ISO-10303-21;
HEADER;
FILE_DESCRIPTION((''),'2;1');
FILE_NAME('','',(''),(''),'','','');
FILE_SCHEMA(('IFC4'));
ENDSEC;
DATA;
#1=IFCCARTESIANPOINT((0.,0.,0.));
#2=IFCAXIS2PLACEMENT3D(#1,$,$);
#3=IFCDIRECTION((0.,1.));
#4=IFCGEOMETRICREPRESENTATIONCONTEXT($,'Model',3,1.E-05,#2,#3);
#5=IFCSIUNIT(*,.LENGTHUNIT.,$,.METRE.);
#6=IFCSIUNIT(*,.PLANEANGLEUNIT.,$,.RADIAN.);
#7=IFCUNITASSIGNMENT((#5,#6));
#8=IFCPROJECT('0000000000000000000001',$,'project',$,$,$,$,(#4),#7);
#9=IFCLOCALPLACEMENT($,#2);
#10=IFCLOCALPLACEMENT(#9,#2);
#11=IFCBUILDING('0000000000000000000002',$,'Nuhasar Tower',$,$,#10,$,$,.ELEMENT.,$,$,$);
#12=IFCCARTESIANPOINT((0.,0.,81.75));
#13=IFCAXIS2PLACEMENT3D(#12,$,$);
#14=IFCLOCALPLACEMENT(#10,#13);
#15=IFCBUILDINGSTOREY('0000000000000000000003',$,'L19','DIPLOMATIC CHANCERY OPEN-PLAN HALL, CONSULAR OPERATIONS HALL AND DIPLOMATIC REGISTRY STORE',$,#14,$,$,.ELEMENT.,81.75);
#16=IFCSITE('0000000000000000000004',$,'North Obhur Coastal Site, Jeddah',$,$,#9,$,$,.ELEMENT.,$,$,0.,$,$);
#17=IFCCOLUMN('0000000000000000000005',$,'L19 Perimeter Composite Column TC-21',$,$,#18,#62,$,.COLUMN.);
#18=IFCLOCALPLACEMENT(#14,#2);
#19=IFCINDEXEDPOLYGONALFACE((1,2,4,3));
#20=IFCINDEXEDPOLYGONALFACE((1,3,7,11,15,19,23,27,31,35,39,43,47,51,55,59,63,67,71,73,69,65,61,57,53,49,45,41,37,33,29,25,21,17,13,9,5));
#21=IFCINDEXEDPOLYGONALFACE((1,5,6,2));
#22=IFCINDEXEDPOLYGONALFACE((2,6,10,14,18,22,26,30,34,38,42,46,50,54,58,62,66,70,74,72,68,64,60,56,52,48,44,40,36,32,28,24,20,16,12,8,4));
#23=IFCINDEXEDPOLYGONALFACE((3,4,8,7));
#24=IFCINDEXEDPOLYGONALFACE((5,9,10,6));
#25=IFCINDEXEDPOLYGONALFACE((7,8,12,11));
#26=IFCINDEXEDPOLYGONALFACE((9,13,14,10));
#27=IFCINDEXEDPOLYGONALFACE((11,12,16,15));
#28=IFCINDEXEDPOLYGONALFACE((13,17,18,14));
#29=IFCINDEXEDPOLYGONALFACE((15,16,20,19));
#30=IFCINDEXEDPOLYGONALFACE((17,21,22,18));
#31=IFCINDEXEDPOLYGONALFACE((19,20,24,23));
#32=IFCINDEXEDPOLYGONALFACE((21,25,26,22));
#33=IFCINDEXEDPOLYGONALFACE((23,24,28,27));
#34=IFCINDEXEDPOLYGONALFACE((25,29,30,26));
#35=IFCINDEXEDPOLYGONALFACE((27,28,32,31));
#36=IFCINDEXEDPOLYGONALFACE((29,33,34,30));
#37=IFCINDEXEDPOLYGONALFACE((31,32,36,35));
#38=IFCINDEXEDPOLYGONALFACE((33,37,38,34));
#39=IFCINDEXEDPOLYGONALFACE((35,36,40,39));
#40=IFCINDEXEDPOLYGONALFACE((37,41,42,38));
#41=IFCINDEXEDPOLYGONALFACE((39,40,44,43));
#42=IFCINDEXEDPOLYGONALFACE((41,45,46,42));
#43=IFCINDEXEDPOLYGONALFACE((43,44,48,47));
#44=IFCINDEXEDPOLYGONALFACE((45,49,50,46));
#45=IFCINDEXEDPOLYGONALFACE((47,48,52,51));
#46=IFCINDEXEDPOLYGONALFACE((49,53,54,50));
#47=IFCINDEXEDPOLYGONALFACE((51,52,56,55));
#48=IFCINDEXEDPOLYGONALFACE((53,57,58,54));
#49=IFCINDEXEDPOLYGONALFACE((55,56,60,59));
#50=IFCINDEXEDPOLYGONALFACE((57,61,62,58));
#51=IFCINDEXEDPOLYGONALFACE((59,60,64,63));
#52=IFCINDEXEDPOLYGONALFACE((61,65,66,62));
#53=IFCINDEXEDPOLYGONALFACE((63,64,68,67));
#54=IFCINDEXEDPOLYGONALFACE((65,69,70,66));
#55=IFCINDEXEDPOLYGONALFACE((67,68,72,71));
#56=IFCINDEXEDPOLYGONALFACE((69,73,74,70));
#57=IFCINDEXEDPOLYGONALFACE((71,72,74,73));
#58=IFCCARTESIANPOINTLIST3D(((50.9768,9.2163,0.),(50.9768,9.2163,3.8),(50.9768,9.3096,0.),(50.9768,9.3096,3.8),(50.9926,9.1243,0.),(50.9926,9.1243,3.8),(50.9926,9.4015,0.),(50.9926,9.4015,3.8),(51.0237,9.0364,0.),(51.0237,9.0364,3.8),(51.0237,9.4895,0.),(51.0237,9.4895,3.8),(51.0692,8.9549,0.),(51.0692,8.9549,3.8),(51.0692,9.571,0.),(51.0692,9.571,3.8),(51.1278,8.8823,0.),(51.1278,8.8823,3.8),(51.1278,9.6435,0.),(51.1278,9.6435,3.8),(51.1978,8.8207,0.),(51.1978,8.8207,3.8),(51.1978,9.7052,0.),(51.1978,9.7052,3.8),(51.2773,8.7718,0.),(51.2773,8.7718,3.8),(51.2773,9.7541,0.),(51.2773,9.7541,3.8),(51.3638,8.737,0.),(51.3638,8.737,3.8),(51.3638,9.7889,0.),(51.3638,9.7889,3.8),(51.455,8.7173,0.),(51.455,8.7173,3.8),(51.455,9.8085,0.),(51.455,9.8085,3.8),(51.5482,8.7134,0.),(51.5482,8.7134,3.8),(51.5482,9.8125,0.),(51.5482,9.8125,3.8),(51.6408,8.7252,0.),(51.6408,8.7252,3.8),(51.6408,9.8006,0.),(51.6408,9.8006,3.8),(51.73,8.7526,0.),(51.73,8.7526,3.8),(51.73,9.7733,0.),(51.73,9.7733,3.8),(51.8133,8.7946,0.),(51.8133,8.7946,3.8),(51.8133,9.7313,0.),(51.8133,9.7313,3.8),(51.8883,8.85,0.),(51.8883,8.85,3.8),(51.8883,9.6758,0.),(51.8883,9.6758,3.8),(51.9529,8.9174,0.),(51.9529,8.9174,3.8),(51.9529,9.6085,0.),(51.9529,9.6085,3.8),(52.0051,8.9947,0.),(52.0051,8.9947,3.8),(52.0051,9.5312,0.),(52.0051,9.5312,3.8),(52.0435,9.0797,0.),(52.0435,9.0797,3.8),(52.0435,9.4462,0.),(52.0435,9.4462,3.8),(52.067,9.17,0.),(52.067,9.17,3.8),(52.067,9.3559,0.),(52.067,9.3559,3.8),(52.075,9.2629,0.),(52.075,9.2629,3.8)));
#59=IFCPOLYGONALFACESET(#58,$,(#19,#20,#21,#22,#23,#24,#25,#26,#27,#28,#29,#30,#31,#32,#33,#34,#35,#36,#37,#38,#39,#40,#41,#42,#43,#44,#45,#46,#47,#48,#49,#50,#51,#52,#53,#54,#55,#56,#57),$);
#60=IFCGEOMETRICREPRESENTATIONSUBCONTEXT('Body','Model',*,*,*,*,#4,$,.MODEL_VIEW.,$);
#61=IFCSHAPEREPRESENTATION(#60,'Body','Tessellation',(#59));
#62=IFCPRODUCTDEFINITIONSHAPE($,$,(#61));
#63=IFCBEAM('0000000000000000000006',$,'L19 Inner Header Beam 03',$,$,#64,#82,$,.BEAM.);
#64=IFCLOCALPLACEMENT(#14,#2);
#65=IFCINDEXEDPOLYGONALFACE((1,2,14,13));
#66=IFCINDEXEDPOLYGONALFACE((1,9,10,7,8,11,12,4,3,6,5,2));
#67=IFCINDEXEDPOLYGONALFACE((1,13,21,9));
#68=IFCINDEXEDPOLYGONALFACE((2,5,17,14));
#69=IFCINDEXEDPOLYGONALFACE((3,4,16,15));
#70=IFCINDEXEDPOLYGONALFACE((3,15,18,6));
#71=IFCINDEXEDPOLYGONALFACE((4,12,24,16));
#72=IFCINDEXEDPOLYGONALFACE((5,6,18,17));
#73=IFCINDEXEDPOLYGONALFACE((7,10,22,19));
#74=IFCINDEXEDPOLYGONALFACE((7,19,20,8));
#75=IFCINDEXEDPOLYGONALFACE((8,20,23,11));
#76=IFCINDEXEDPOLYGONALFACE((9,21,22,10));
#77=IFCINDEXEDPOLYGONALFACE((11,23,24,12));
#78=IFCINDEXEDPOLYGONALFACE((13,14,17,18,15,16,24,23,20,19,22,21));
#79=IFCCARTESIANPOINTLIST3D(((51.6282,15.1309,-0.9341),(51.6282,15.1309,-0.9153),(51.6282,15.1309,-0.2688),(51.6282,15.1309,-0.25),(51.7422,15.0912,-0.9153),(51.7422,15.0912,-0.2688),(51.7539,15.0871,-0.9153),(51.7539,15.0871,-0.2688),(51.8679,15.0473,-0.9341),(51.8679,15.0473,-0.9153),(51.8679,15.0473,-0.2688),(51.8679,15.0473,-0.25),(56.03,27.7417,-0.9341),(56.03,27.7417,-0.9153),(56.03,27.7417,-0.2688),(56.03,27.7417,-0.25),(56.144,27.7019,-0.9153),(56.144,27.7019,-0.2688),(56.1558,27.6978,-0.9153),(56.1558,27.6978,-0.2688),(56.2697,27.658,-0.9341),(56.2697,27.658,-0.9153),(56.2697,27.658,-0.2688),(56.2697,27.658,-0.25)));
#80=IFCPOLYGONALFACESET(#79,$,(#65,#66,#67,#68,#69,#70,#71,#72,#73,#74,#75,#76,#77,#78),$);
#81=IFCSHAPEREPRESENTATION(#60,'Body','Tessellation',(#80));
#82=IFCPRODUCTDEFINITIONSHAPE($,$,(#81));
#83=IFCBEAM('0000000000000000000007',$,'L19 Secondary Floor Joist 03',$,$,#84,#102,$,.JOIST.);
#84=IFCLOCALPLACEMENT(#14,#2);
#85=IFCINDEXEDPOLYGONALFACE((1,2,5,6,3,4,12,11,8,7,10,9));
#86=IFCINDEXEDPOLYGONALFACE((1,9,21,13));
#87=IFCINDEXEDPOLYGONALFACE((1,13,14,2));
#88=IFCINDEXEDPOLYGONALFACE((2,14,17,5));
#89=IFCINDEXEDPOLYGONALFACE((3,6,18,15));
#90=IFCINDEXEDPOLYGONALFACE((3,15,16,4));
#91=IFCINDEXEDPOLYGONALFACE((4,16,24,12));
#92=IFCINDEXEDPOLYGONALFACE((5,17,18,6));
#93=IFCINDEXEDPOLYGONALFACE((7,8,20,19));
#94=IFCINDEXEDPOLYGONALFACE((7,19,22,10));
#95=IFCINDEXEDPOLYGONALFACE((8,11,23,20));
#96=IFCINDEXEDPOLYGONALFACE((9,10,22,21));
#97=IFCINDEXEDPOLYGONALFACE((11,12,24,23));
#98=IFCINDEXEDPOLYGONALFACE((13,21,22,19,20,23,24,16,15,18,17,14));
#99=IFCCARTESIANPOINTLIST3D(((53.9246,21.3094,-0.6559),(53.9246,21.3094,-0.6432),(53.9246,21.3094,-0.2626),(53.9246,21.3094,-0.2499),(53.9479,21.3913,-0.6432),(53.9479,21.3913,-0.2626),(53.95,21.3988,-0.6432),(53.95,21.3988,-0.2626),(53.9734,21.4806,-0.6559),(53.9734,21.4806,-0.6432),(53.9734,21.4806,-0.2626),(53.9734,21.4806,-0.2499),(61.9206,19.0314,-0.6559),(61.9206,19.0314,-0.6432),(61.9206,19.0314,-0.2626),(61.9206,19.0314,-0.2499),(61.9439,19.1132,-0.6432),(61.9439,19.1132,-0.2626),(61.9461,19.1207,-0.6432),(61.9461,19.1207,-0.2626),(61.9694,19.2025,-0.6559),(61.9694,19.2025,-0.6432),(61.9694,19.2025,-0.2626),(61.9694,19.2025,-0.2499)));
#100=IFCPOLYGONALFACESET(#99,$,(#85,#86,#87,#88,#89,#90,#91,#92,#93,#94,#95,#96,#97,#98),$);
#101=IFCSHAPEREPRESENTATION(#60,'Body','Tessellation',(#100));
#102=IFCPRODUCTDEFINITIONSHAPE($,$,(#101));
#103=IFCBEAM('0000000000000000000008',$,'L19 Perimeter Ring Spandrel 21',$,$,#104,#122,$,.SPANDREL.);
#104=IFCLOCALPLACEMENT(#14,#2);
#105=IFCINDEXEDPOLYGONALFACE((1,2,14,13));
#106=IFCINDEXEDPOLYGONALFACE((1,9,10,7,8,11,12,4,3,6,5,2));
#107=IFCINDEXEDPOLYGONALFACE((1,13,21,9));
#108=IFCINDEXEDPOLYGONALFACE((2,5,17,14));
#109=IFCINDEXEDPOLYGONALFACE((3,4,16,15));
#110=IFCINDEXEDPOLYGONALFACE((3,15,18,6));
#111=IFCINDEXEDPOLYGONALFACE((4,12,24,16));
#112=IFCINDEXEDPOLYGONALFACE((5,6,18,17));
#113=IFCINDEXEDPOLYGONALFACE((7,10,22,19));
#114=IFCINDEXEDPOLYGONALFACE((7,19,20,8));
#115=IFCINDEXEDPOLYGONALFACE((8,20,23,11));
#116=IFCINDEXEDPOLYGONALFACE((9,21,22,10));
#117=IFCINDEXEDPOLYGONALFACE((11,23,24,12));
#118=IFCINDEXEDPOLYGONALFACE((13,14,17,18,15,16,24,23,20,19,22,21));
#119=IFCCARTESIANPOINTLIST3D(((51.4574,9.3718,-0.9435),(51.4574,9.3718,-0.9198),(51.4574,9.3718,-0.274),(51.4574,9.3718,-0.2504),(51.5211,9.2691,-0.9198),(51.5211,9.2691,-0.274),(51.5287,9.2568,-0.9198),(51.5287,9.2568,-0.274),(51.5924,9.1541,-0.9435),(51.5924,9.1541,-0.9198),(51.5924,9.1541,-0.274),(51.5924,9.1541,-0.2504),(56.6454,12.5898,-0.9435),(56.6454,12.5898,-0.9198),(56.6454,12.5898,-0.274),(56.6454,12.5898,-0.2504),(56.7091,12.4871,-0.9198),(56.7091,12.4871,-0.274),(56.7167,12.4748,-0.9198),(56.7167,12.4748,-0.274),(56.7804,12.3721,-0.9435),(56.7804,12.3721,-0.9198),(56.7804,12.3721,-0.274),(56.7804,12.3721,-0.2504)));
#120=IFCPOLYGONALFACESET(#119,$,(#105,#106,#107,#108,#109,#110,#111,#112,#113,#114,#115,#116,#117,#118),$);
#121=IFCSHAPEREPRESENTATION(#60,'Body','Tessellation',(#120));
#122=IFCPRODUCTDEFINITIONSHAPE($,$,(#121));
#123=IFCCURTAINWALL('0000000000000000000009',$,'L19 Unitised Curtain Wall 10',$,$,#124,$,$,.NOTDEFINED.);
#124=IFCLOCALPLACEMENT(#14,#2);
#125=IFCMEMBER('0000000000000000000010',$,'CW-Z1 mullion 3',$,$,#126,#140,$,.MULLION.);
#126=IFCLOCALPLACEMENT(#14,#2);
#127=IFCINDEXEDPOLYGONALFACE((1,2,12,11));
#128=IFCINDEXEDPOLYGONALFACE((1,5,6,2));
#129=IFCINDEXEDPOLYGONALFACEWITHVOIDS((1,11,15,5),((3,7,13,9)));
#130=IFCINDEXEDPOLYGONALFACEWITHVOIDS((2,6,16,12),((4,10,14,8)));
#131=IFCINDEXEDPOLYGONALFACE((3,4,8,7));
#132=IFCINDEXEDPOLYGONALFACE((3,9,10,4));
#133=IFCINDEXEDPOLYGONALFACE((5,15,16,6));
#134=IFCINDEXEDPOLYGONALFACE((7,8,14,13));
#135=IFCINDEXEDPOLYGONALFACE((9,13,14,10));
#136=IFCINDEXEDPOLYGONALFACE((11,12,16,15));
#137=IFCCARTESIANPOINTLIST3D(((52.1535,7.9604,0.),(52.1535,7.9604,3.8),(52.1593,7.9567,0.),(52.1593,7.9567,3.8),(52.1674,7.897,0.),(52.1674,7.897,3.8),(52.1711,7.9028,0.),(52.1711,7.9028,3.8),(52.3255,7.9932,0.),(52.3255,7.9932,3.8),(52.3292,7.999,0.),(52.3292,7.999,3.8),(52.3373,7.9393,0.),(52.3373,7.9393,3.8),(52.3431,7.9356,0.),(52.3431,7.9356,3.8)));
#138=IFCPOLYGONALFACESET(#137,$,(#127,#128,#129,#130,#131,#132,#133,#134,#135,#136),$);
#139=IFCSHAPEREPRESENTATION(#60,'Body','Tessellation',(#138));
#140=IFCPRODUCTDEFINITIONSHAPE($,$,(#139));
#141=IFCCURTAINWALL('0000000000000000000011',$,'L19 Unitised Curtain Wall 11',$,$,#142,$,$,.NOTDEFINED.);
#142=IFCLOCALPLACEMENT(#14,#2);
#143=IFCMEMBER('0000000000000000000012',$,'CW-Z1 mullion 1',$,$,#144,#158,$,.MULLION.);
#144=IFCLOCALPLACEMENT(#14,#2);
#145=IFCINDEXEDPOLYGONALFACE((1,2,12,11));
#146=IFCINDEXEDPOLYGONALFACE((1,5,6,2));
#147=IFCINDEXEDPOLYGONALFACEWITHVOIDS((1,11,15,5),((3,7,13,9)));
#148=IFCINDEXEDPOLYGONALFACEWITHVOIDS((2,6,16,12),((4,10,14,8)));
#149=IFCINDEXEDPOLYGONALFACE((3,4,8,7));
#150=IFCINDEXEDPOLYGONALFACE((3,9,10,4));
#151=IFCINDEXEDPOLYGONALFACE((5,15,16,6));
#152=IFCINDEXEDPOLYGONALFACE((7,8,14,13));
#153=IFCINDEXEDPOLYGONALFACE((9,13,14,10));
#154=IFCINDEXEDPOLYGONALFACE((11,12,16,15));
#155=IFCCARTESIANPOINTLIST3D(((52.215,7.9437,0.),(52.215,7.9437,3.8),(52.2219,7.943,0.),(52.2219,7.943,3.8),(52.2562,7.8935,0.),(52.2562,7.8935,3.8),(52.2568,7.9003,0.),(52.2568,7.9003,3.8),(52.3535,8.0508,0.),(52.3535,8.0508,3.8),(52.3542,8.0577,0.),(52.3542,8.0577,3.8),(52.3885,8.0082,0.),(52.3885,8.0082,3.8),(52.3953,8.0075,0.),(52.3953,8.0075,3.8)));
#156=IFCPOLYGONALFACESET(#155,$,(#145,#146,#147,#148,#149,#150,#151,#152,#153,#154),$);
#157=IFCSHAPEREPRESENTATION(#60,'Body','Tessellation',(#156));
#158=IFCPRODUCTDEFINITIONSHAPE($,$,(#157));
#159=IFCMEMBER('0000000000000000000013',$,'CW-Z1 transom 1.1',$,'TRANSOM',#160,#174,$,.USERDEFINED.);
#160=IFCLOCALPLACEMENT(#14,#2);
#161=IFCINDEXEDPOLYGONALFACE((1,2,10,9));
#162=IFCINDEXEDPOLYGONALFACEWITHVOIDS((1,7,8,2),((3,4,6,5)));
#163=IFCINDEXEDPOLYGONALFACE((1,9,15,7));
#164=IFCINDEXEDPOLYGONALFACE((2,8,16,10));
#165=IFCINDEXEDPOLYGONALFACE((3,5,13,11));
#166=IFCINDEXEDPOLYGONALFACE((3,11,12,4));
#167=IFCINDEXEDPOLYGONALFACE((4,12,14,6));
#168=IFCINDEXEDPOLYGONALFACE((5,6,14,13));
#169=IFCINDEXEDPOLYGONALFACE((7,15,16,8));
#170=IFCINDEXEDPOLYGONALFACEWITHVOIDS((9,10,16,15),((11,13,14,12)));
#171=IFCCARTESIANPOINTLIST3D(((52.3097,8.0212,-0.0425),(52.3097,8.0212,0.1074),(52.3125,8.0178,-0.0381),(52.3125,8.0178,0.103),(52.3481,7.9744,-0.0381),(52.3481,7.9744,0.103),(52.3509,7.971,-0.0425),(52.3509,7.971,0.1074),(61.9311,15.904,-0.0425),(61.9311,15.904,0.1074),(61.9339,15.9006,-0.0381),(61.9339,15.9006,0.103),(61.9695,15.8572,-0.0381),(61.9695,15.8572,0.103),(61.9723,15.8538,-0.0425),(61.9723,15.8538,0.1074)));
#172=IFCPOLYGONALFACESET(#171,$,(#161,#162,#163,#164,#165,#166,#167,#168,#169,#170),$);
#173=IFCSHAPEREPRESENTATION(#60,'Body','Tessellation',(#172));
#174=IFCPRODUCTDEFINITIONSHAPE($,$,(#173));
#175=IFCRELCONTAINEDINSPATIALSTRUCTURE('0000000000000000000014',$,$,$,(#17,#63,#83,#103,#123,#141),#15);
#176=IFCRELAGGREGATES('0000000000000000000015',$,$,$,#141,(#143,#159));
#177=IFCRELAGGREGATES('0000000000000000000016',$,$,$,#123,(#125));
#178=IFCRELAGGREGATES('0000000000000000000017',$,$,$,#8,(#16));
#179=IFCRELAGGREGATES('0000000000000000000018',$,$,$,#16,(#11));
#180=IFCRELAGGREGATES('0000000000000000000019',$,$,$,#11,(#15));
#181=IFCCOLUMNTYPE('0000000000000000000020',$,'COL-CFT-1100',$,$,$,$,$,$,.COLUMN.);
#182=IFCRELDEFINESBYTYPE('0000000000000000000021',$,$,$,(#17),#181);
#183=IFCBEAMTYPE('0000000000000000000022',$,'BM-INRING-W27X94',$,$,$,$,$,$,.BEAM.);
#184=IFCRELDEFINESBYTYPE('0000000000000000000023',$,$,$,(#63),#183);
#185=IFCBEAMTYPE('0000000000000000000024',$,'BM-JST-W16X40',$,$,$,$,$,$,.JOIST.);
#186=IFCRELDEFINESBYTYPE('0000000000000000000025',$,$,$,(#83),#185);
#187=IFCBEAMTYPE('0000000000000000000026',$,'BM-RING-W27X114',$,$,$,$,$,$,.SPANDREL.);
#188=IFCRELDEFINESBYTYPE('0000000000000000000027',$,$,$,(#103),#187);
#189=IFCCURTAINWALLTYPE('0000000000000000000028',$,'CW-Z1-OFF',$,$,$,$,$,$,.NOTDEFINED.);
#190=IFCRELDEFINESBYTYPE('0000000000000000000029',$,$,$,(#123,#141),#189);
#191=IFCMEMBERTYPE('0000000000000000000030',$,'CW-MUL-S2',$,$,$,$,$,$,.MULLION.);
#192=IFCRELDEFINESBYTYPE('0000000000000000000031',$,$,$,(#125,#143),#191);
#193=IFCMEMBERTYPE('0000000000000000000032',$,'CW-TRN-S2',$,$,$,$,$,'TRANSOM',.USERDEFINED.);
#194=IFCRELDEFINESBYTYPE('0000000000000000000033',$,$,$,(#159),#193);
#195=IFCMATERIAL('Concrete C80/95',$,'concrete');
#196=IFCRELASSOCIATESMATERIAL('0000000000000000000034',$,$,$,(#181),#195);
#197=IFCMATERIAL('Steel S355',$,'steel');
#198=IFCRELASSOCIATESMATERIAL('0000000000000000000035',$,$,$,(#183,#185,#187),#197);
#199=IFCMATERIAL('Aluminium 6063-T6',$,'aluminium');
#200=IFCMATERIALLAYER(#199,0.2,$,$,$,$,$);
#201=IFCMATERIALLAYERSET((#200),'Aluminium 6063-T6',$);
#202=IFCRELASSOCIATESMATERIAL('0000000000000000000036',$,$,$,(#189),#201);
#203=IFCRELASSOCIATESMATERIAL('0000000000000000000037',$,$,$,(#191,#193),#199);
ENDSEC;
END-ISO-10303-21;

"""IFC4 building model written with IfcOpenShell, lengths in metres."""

from ifc_helpers import new_model, si_unit, direction, frame, origin, origin_2d, place, context, subcontext, project, spatial, hollow_rectangle, circle, i_section, extrude, material, layer, layer_set, material_profile, profile_set, type_object, element, aggregate, save


model = new_model("IFC4")

# Units and contexts
model_context = context("Model", 3, precision=1e-05, world=origin(), true_north=direction((0.0, 1.0)))
body_context = subcontext(model_context, "Body", "Model", "MODEL_VIEW")
ifc_project = project(units=[si_unit("LENGTHUNIT", "METRE"), si_unit("PLANEANGLEUNIT", "RADIAN")], contexts=[model_context])

# Site, building, storey
site_placement = place(None, origin())
site = spatial("IfcSite", under=ifc_project, at=site_placement, Name="North Obhur Coastal Site, Jeddah", CompositionType="ELEMENT", RefElevation=0.0)
building_placement = place(site_placement, origin())
building = spatial("IfcBuilding", under=site, at=building_placement, Name="Nuhasar Tower", CompositionType="ELEMENT")
storey_placement = place(building_placement, frame((0.0, 0.0, 81.75)))
storey = spatial("IfcBuildingStorey", under=building, at=storey_placement, Name="L19", Description="DIPLOMATIC CHANCERY OPEN-PLAN HALL, CONSULAR OPERATIONS HALL AND DIPLOMATIC REGISTRY STORE", CompositionType="ELEMENT", Elevation=81.75)

# Column
ifc_material_1 = material(Name="Concrete C80/95", Category="concrete")
ifc_material_profile_1 = material_profile(ifc_material_1, circle(Radius=0.55, at=origin_2d()), Name="CFT1100")
ifc_profile_set_1 = profile_set([ifc_material_profile_1], Name="Concrete C80/95")
column_type = type_object("IfcColumnType", Name="COL-CFT-1100", PredefinedType="COLUMN", material=ifc_profile_set_1)
column_placement = place(storey_placement, frame((51.5249, 9.2629, 0.0), z_axis=(0.0, 0.0, 1.0), x_axis=(1.0, 0.0, 0.0)))
element("IfcColumn", 1, at=column_placement, inside=storey, type_object=column_type, Name="L19 Perimeter Composite Column TC-21", PredefinedType="COLUMN", context=body_context, shape_type="SweptSolid", body=[
    extrude(circle(Radius=0.55, at=origin_2d()), origin(), (0.0, 0.0, 1.0), 3.8),
])

# Beams
ifc_material_2 = material(Name="Steel S355", Category="steel")
ifc_material_profile_2 = material_profile(ifc_material_2, i_section(OverallWidth=0.2539, OverallDepth=0.6841, WebThickness=0.0125, FlangeThickness=0.0188, at=origin_2d()), Name="W27X94")
ifc_profile_set_2 = profile_set([ifc_material_profile_2], Name="Steel S355")
beam_type_1 = type_object("IfcBeamType", Name="BM-INRING-W27X94", PredefinedType="BEAM", material=ifc_profile_set_2)
beam_1_placement = place(storey_placement, frame((51.748, 15.0891, -0.592), z_axis=(0.329554, 0.944137, 0.0), x_axis=(-0.944137, 0.329554, 0.0)))
element("IfcBeam", 2, at=beam_1_placement, inside=storey, type_object=beam_type_1, Name="L19 Inner Header Beam 03", PredefinedType="BEAM", context=body_context, shape_type="SweptSolid", body=[
    extrude(i_section(OverallWidth=0.2539, OverallDepth=0.6841, WebThickness=0.0125, FlangeThickness=0.0188, at=origin_2d()), origin(), (0.0, 0.0, 1.0), 13.3569),
])
ifc_material_profile_3 = material_profile(ifc_material_2, i_section(OverallWidth=0.178, OverallDepth=0.406, WebThickness=0.0078, FlangeThickness=0.0127, at=origin_2d()), Name="W16X40")
ifc_profile_set_3 = profile_set([ifc_material_profile_3], Name="Steel S355")
beam_type_2 = type_object("IfcBeamType", Name="BM-JST-W16X40", PredefinedType="JOIST", material=ifc_profile_set_3)
beam_2_placement = place(storey_placement, frame((53.949, 21.395, -0.4529), z_axis=(0.961731, -0.273996, 0.0), x_axis=(0.273996, 0.961731, 0.0)))
element("IfcBeam", 3, at=beam_2_placement, inside=storey, type_object=beam_type_2, Name="L19 Secondary Floor Joist 03", PredefinedType="JOIST", context=body_context, shape_type="SweptSolid", body=[
    extrude(i_section(OverallWidth=0.178, OverallDepth=0.406, WebThickness=0.0078, FlangeThickness=0.0127, at=origin_2d()), origin(), (0.0, 0.0, 1.0), 8.3142),
])
ifc_material_profile_4 = material_profile(ifc_material_2, i_section(OverallWidth=0.2561, OverallDepth=0.6931, WebThickness=0.0144, FlangeThickness=0.0237, at=origin_2d()), Name="W27X114")
ifc_profile_set_4 = profile_set([ifc_material_profile_4], Name="Steel S355")
beam_type_3 = type_object("IfcBeamType", Name="BM-RING-W27X114", PredefinedType="SPANDREL", material=ifc_profile_set_4)
beam_3_placement = place(storey_placement, frame((51.5249, 9.2629, -0.5969), z_axis=(0.849795, 0.527113, 0.0), x_axis=(-0.527113, 0.849795, 0.0)))
element("IfcBeam", 4, at=beam_3_placement, inside=storey, type_object=beam_type_3, Name="L19 Perimeter Ring Spandrel 21", PredefinedType="SPANDREL", context=body_context, shape_type="SweptSolid", body=[
    extrude(i_section(OverallWidth=0.2561, OverallDepth=0.6931, WebThickness=0.0144, FlangeThickness=0.0237, at=origin_2d()), origin(), (0.0, 0.0, 1.0), 6.105),
])

# Curtain wall, member
ifc_material_3 = material(Name="Aluminium 6063-T6", Category="aluminium")
ifc_layer_1 = layer(ifc_material_3, 0.2)
ifc_layer_set_1 = layer_set([ifc_layer_1], Name="Aluminium 6063-T6")
curtain_wall_type = type_object("IfcCurtainWallType", Name="CW-Z1-OFF", PredefinedType="NOTDEFINED", material=ifc_layer_set_1)
curtain_wall_1_placement = place(storey_placement, origin())
curtain_wall_1 = element("IfcCurtainWall", 5, at=curtain_wall_1_placement, inside=storey, type_object=curtain_wall_type, Name="L19 Unitised Curtain Wall 10", PredefinedType="NOTDEFINED")
ifc_material_profile_5 = material_profile(ifc_material_3, hollow_rectangle(XDim=0.0649, YDim=0.1799, WallThickness=0.0049, at=origin_2d()), Name="CWM-2")
ifc_profile_set_5 = profile_set([ifc_material_profile_5], Name="Aluminium 6063-T6")
member_type_1 = type_object("IfcMemberType", Name="CW-MUL-S2", PredefinedType="MULLION", material=ifc_profile_set_5)
member_1_placement = place(storey_placement, frame((52.2483, 7.948, 0.0), z_axis=(0.0, 0.0, 1.0), x_axis=(-0.214399, 0.976746, 0.0)))
member_1 = element("IfcMember", 6, at=member_1_placement, type_object=member_type_1, Name="CW-Z1 mullion 3", PredefinedType="MULLION", context=body_context, shape_type="SweptSolid", body=[
    extrude(hollow_rectangle(XDim=0.0649, YDim=0.1799, WallThickness=0.0049, at=origin_2d()), origin(), (0.0, 0.0, 1.0), 3.8),
])

# Curtain wall, members
curtain_wall_2_placement = place(storey_placement, origin())
curtain_wall_2 = element("IfcCurtainWall", 7, at=curtain_wall_2_placement, inside=storey, type_object=curtain_wall_type, Name="L19 Unitised Curtain Wall 11", PredefinedType="NOTDEFINED")
member_2_placement = place(storey_placement, frame((52.3052, 7.9756, 0.0), z_axis=(0.0, 0.0, 1.0), x_axis=(-0.633745, 0.773542, 0.0)))
member_2 = element("IfcMember", 8, at=member_2_placement, type_object=member_type_1, Name="CW-Z1 mullion 1", PredefinedType="MULLION", context=body_context, shape_type="SweptSolid", body=[
    extrude(hollow_rectangle(XDim=0.0649, YDim=0.1799, WallThickness=0.0049, at=origin_2d()), origin(), (0.0, 0.0, 1.0), 3.8),
])
ifc_material_profile_6 = material_profile(ifc_material_3, hollow_rectangle(XDim=0.0649, YDim=0.1499, WallThickness=0.0044, at=origin_2d()), Name="CWT-2")
ifc_profile_set_6 = profile_set([ifc_material_profile_6], Name="Aluminium 6063-T6")
member_type_2 = type_object("IfcMemberType", Name="CW-TRN-S2", ElementType="TRANSOM", PredefinedType="USERDEFINED", material=ifc_profile_set_6)
member_3_placement = place(storey_placement, frame((52.3303, 7.9961, 0.0325), z_axis=(0.773531, 0.633758, 0.0), x_axis=(-0.633758, 0.773531, 0.0)))
member_3 = element("IfcMember", 9, at=member_3_placement, type_object=member_type_2, Name="CW-Z1 transom 1.1", ObjectType="TRANSOM", PredefinedType="USERDEFINED", context=body_context, shape_type="SweptSolid", body=[
    extrude(hollow_rectangle(XDim=0.0649, YDim=0.1499, WallThickness=0.0044, at=origin_2d()), origin(), (0.0, 0.0, 1.0), 12.4382),
])
aggregate(curtain_wall_2, [member_2, member_3])

aggregate(curtain_wall_1, [member_1])

save(model, "model.ifc")
